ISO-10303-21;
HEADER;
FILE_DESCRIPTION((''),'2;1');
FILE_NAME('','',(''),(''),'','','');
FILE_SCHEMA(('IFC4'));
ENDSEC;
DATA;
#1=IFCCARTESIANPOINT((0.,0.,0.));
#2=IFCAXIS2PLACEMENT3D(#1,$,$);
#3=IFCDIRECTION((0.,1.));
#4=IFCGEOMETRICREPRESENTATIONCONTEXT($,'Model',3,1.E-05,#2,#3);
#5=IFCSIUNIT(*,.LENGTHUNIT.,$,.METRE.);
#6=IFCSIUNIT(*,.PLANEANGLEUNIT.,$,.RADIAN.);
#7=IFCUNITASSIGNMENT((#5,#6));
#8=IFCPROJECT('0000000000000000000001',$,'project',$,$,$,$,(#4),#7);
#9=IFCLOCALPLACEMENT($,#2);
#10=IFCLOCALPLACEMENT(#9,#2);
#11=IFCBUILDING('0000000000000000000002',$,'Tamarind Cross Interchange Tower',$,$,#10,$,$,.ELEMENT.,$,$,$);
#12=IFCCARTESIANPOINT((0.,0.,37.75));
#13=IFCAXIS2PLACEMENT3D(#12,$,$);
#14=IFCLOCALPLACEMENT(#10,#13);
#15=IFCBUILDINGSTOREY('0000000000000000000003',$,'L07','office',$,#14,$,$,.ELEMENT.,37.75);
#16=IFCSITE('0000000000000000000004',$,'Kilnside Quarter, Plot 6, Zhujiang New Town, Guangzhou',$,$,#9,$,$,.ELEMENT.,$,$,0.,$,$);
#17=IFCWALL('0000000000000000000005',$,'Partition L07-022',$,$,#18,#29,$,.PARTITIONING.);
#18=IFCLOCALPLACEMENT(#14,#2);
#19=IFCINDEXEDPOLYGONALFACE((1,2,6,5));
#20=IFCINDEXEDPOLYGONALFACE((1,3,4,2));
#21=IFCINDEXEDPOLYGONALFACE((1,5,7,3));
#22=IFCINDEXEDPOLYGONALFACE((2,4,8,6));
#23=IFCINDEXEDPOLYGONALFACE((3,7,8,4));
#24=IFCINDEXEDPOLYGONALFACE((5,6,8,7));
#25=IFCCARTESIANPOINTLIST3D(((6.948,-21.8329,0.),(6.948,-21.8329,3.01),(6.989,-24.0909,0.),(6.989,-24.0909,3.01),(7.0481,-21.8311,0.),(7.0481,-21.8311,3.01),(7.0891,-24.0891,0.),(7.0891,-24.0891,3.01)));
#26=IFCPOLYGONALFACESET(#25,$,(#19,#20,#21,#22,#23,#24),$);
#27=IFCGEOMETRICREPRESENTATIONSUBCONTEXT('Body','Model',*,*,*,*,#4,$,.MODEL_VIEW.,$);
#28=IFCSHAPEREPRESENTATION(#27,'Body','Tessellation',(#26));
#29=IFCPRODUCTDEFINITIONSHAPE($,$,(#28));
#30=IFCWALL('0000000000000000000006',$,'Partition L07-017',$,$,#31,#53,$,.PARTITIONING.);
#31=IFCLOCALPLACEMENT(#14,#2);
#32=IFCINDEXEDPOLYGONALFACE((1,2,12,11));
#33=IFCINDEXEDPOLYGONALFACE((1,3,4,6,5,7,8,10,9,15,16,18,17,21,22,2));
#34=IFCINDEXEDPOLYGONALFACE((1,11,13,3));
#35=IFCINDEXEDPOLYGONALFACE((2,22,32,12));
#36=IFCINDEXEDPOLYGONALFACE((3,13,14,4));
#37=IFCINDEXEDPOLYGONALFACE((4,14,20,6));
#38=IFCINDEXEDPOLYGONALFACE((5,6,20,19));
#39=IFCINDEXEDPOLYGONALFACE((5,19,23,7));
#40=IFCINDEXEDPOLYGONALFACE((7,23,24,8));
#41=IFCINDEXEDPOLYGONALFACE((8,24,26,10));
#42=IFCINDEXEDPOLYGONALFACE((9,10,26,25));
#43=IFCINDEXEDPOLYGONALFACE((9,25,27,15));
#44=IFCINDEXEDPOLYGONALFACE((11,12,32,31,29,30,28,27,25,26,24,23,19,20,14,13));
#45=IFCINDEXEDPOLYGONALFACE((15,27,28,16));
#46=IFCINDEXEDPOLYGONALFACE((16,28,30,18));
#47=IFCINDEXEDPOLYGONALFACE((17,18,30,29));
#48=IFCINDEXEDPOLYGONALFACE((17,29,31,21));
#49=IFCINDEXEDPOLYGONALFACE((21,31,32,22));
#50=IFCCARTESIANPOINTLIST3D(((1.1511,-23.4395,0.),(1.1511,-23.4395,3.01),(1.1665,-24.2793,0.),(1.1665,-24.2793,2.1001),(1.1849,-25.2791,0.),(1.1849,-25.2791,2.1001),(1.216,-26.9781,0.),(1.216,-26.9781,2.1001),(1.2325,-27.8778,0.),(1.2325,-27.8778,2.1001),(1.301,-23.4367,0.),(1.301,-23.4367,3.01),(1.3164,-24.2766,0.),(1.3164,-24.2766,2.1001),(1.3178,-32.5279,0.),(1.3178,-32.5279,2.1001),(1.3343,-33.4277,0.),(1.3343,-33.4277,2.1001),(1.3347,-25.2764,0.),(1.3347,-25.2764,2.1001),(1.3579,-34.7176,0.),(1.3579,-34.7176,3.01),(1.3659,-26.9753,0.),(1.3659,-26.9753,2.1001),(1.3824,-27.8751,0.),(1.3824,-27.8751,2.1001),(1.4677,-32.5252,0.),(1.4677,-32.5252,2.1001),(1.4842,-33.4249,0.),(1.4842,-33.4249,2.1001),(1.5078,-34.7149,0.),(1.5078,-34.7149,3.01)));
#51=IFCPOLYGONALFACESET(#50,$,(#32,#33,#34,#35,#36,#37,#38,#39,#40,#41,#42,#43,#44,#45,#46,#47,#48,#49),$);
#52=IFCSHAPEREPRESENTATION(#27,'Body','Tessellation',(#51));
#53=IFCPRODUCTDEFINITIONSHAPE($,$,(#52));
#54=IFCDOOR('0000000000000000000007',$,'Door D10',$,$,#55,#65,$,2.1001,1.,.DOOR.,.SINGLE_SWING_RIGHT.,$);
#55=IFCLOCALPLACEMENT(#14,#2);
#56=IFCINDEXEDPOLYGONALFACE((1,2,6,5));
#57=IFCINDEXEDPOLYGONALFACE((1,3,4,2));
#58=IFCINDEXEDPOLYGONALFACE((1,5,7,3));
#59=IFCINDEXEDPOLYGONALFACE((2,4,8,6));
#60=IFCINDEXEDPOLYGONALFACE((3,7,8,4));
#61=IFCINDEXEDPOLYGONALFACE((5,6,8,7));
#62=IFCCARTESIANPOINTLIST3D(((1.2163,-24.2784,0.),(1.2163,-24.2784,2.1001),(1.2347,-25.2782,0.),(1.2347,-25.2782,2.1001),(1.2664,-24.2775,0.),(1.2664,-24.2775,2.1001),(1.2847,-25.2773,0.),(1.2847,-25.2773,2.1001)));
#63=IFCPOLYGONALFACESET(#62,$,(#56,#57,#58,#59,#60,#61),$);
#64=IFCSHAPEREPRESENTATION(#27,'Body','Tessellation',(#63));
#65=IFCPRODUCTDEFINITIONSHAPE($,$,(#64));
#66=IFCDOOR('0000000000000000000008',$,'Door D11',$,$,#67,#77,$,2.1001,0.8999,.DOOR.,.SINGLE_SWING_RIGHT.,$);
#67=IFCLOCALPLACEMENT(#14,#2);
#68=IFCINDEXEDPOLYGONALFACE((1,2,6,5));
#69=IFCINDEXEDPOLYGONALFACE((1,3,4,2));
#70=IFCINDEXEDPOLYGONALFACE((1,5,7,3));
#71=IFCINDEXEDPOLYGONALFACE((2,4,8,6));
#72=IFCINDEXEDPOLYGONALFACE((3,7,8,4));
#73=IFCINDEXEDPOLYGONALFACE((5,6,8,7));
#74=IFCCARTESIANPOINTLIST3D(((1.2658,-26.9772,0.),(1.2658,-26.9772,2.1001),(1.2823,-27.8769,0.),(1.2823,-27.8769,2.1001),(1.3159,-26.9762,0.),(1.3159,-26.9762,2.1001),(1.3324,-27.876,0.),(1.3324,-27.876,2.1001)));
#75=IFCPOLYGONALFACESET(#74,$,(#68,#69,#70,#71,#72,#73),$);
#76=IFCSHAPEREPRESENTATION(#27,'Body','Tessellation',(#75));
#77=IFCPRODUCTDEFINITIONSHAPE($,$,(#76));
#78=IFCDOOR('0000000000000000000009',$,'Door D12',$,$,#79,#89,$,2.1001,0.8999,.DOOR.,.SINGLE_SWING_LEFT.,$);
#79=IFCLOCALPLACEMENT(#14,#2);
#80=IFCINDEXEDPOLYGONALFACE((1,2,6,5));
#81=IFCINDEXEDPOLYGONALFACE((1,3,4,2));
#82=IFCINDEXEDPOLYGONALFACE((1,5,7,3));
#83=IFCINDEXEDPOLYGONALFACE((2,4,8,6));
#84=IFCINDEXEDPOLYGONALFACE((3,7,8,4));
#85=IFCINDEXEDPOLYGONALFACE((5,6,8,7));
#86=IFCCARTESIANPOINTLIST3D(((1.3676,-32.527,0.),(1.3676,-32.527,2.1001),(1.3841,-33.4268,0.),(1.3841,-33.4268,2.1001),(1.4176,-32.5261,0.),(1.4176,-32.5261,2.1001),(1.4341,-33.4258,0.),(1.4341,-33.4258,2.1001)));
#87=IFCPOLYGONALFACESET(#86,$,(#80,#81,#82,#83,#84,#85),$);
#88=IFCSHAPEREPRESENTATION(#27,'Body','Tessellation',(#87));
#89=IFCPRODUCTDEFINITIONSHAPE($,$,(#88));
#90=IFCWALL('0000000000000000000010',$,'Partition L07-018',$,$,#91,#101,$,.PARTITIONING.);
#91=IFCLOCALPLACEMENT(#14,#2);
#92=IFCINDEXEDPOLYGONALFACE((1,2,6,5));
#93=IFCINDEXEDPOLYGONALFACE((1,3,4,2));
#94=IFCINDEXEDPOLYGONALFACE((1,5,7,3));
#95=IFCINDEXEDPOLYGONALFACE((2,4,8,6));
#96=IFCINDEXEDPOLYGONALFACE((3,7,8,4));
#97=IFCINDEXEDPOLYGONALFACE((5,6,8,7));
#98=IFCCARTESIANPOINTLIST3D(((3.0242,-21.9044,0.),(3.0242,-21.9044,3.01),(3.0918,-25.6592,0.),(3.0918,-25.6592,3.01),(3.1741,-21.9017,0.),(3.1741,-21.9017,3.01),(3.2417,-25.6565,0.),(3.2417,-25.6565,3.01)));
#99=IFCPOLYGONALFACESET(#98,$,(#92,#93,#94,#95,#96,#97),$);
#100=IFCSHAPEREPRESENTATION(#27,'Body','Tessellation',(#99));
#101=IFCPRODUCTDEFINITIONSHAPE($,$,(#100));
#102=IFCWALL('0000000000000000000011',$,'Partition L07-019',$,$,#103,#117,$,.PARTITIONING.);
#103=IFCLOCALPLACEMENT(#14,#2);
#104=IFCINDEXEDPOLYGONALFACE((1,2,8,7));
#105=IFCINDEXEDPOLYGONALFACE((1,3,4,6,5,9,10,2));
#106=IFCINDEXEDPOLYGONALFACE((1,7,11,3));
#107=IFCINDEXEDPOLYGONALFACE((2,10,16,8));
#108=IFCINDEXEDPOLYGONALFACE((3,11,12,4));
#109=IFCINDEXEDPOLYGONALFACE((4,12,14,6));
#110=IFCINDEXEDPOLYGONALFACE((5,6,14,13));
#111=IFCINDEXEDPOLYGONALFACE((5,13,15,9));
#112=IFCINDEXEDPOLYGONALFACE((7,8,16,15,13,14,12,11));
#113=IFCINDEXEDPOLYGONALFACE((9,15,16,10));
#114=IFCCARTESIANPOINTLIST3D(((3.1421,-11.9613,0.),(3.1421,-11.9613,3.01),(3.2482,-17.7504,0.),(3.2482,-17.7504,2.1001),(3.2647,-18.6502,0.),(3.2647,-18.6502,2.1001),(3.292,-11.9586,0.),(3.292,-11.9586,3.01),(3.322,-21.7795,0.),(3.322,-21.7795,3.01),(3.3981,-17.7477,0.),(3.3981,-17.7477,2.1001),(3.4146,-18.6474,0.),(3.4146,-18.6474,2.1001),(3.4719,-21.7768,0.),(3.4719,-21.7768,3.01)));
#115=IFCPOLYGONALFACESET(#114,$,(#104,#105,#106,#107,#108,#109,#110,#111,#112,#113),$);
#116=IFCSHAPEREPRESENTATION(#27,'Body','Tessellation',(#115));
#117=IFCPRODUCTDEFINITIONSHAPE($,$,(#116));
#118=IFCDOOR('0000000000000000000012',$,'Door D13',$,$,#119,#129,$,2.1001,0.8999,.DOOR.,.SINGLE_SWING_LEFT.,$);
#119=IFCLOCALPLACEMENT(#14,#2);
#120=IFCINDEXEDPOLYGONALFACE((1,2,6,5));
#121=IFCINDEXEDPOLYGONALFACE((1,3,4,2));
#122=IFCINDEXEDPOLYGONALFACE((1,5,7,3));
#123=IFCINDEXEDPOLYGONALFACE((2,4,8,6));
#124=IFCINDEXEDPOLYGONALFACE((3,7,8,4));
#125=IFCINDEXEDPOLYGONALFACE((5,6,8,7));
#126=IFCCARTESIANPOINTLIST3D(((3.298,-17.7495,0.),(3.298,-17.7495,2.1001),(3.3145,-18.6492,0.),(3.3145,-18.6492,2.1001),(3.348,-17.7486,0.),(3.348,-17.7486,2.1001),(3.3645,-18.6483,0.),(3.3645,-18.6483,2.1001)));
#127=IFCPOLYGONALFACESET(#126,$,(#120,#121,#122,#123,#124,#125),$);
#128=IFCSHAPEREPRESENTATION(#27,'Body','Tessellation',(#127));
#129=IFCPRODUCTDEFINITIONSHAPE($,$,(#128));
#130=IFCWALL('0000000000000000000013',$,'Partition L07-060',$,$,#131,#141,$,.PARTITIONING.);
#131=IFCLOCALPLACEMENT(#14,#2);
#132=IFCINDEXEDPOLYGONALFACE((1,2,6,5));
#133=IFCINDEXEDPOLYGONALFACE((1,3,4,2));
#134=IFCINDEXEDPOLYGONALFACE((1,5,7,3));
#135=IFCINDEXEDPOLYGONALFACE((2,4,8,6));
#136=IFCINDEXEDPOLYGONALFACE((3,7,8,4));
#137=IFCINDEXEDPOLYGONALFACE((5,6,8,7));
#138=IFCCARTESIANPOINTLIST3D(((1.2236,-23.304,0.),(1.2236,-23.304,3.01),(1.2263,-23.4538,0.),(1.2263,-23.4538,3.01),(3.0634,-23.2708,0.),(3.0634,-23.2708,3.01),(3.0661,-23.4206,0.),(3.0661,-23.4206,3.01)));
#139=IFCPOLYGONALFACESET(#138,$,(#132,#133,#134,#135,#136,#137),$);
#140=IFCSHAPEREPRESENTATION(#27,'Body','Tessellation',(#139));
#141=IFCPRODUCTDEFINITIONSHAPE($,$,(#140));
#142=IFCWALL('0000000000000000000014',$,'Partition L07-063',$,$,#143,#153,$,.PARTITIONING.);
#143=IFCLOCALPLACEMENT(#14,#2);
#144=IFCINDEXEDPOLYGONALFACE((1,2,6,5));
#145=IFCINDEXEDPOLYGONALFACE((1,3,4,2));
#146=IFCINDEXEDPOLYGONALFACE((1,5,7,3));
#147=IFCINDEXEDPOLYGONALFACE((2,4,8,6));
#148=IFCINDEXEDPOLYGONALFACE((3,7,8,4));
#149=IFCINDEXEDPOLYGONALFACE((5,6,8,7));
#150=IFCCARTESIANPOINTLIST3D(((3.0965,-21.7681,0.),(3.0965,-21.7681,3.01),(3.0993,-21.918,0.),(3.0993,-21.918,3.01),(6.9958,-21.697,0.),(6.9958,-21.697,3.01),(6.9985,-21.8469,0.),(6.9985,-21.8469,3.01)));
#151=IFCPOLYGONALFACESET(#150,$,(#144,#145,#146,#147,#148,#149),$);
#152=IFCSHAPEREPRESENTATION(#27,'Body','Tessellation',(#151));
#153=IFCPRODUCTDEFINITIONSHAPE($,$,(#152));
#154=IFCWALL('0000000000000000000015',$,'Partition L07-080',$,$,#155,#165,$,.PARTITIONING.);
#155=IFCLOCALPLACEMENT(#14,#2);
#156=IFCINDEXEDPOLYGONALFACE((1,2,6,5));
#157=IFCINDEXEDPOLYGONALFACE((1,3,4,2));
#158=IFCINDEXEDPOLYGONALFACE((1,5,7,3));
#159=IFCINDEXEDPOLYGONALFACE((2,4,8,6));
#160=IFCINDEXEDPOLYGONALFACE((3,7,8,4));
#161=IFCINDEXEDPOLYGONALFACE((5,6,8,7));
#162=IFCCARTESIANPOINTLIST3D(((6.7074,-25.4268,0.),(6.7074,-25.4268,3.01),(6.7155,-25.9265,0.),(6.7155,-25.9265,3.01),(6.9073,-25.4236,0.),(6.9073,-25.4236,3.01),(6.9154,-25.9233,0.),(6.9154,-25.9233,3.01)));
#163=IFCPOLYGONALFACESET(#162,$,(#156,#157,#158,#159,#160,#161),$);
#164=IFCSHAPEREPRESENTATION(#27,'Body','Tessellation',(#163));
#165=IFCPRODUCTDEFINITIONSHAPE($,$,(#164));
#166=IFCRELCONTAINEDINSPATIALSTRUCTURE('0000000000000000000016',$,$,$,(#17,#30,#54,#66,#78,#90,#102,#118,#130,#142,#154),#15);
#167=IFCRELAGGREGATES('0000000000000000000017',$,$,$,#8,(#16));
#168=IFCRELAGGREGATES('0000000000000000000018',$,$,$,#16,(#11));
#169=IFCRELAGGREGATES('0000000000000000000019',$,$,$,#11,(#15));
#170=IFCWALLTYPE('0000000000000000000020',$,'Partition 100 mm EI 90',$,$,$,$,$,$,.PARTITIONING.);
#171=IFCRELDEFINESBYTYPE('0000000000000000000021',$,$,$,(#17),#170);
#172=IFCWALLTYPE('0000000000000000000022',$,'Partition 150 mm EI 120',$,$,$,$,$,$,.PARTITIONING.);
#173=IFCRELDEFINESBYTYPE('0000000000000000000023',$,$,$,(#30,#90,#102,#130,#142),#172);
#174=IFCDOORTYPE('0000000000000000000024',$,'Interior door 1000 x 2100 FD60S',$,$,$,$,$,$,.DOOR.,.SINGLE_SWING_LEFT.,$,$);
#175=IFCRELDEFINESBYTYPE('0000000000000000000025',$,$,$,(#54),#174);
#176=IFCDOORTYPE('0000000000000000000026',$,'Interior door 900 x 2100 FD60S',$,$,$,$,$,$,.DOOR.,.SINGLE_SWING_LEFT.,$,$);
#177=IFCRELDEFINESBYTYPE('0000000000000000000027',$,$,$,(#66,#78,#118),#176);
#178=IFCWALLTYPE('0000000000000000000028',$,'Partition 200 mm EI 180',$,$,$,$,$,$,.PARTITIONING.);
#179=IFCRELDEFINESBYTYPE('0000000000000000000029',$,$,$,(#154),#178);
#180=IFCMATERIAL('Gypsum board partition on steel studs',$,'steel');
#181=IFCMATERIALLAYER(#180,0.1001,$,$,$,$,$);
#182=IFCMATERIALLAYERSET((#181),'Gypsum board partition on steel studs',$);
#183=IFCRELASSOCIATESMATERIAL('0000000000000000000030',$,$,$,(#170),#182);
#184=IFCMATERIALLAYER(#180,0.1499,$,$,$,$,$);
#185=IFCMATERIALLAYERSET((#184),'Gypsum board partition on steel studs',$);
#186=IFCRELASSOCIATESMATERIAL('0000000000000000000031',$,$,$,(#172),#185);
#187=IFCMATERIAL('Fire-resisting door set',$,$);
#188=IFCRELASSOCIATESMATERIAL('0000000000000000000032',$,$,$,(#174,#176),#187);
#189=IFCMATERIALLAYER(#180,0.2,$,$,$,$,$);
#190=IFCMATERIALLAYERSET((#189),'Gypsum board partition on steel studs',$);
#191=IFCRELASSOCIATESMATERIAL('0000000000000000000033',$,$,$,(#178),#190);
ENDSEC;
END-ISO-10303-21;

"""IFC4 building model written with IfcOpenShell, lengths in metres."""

from ifc_helpers import new_model, si_unit, direction, frame, frame_2d, origin, place, context, subcontext, project, spatial, rectangle, extrude, material, layer, layer_set, type_object, element, fill, save


model = new_model("IFC4")

# Units and contexts
model_context = context("Model", 3, precision=1e-05, world=origin(), true_north=direction((0.0, 1.0)))
body_context = subcontext(model_context, "Body", "Model", "MODEL_VIEW")
ifc_project = project(units=[si_unit("LENGTHUNIT", "METRE"), si_unit("PLANEANGLEUNIT", "RADIAN")], contexts=[model_context])

# Site, building, storey
site_placement = place(None, origin())
site = spatial("IfcSite", under=ifc_project, at=site_placement, Name="Kilnside Quarter, Plot 6, Zhujiang New Town, Guangzhou", CompositionType="ELEMENT", RefElevation=0.0)
building_placement = place(site_placement, origin())
building = spatial("IfcBuilding", under=site, at=building_placement, Name="Tamarind Cross Interchange Tower", CompositionType="ELEMENT")
storey_placement = place(building_placement, frame((0.0, 0.0, 37.75)))
storey = spatial("IfcBuildingStorey", under=building, at=storey_placement, Name="L07", Description="office", CompositionType="ELEMENT", Elevation=37.75)

# Wall
ifc_material_1 = material(Name="Gypsum board partition on steel studs", Category="steel")
ifc_layer_1 = layer(ifc_material_1, 0.1001)
ifc_layer_set_1 = layer_set([ifc_layer_1], Name="Gypsum board partition on steel studs")
wall_type_1 = type_object("IfcWallType", Name="Partition 100 mm EI 90", PredefinedType="PARTITIONING", material=ifc_layer_set_1)
wall_1_placement = place(storey_placement, frame((6.998, -21.832, 0.0), z_axis=(0.0, 0.0, 1.0), x_axis=(0.018163, -0.999835, 0.0)))
element("IfcWall", 1, at=wall_1_placement, inside=storey, type_object=wall_type_1, Name="Partition L07-022", PredefinedType="PARTITIONING", context=body_context, shape_type="SweptSolid", body=[
    extrude(rectangle(XDim=2.2583, YDim=0.1001, at=frame_2d((1.1292, 0.0))), origin(), (0.0, 0.0, 1.0), 3.01),
])

# Wall, openings, doors
ifc_layer_2 = layer(ifc_material_1, 0.1499)
ifc_layer_set_2 = layer_set([ifc_layer_2], Name="Gypsum board partition on steel studs")
wall_type_2 = type_object("IfcWallType", Name="Partition 150 mm EI 120", PredefinedType="PARTITIONING", material=ifc_layer_set_2)
wall_2_placement = place(storey_placement, frame((1.2261, -23.438, 0.0), z_axis=(0.0, 0.0, 1.0), x_axis=(0.018332, -0.999832, 0.0)))
wall_2 = element("IfcWall", 2, at=wall_2_placement, inside=storey, type_object=wall_type_2, Name="Partition L07-017", PredefinedType="PARTITIONING", context=body_context, shape_type="SweptSolid", body=[
    extrude(rectangle(XDim=11.28, YDim=0.1499, at=frame_2d((5.6401, 0.0))), origin(), (0.0, 0.0, 1.0), 3.01),
])
opening_1_placement = place(wall_2_placement, frame((0.8401, 0.0, 0.0)))
opening_1 = element("IfcOpeningElement", 3, at=opening_1_placement, cuts=wall_2, PredefinedType="OPENING", context=body_context, shape_type="SweptSolid", body=[
    extrude(rectangle(XDim=1.0, YDim=2.1001, at=frame_2d((0.5, 1.05))), frame((0.0, 0.085, 0.0), z_axis=(0.0, -1.0, 0.0), x_axis=(1.0, 0.0, 0.0)), (0.0, 0.0, 1.0), 0.1699),
])
opening_2_placement = place(wall_2_placement, frame((3.5393, 0.0, 0.0)))
opening_2 = element("IfcOpeningElement", 4, at=opening_2_placement, cuts=wall_2, PredefinedType="OPENING", context=body_context, shape_type="SweptSolid", body=[
    extrude(rectangle(XDim=0.8999, YDim=2.1001, at=frame_2d((0.45, 1.05))), frame((0.0, 0.085, 0.0), z_axis=(0.0, -1.0, 0.0), x_axis=(1.0, 0.0, 0.0)), (0.0, 0.0, 1.0), 0.1699),
])
opening_3_placement = place(wall_2_placement, frame((9.0901, 0.0, 0.0)))
opening_3 = element("IfcOpeningElement", 5, at=opening_3_placement, cuts=wall_2, PredefinedType="OPENING", context=body_context, shape_type="SweptSolid", body=[
    extrude(rectangle(XDim=0.8999, YDim=2.1001, at=frame_2d((0.45, 1.05))), frame((0.0, 0.085, 0.0), z_axis=(0.0, -1.0, 0.0), x_axis=(1.0, 0.0, 0.0)), (0.0, 0.0, 1.0), 0.1699),
])
ifc_material_2 = material(Name="Fire-resisting door set")
door_type_1 = type_object("IfcDoorType", Name="Interior door 1000 x 2100 FD60S", OperationType="SINGLE_SWING_LEFT", PredefinedType="DOOR", material=ifc_material_2)
door_1_placement = place(opening_1_placement, origin())
door_1 = element("IfcDoor", 6, at=door_1_placement, inside=storey, type_object=door_type_1, Name="Door D10", OperationType="SINGLE_SWING_RIGHT", OverallHeight=2.1001, OverallWidth=1.0, PredefinedType="DOOR", context=body_context, shape_type="SweptSolid", body=[
    extrude(rectangle(XDim=1.0, YDim=2.1001, at=frame_2d((0.5, 1.05))), frame((0.0, 0.0249, 0.0), z_axis=(0.0, -1.0, 0.0), x_axis=(1.0, 0.0, 0.0)), (0.0, 0.0, 1.0), 0.05),
])
fill(opening_1, door_1)
door_type_2 = type_object("IfcDoorType", Name="Interior door 900 x 2100 FD60S", OperationType="SINGLE_SWING_LEFT", PredefinedType="DOOR", material=ifc_material_2)
door_2_placement = place(opening_2_placement, origin())
door_2 = element("IfcDoor", 7, at=door_2_placement, inside=storey, type_object=door_type_2, Name="Door D11", OperationType="SINGLE_SWING_RIGHT", OverallHeight=2.1001, OverallWidth=0.8999, PredefinedType="DOOR", context=body_context, shape_type="SweptSolid", body=[
    extrude(rectangle(XDim=0.8999, YDim=2.1001, at=frame_2d((0.45, 1.05))), frame((0.0, 0.0249, 0.0), z_axis=(0.0, -1.0, 0.0), x_axis=(1.0, 0.0, 0.0)), (0.0, 0.0, 1.0), 0.05),
])
fill(opening_2, door_2)
door_3_placement = place(opening_3_placement, origin())
door_3 = element("IfcDoor", 8, at=door_3_placement, inside=storey, type_object=door_type_2, Name="Door D12", OperationType="SINGLE_SWING_LEFT", OverallHeight=2.1001, OverallWidth=0.8999, PredefinedType="DOOR", context=body_context, shape_type="SweptSolid", body=[
    extrude(rectangle(XDim=0.8999, YDim=2.1001, at=frame_2d((0.45, 1.05))), frame((0.0, 0.0249, 0.0), z_axis=(0.0, -1.0, 0.0), x_axis=(1.0, 0.0, 0.0)), (0.0, 0.0, 1.0), 0.05),
])
fill(opening_3, door_3)

# Wall
wall_3_placement = place(storey_placement, frame((3.0991, -21.9031, 0.0), z_axis=(0.0, 0.0, 1.0), x_axis=(0.018007, -0.999838, 0.0)))
element("IfcWall", 9, at=wall_3_placement, inside=storey, type_object=wall_type_2, Name="Partition L07-018", PredefinedType="PARTITIONING", context=body_context, shape_type="SweptSolid", body=[
    extrude(rectangle(XDim=3.7554, YDim=0.1499, at=frame_2d((1.8777, 0.0))), origin(), (0.0, 0.0, 1.0), 3.01),
])

# Wall, opening, door
wall_4_placement = place(storey_placement, frame((3.217, -11.96, 0.0), z_axis=(0.0, 0.0, 1.0), x_axis=(0.018323, -0.999832, 0.0)))
wall_4 = element("IfcWall", 10, at=wall_4_placement, inside=storey, type_object=wall_type_2, Name="Partition L07-019", PredefinedType="PARTITIONING", context=body_context, shape_type="SweptSolid", body=[
    extrude(rectangle(XDim=9.8198, YDim=0.1499, at=frame_2d((4.9099, 0.0))), origin(), (0.0, 0.0, 1.0), 3.01),
])
opening_4_placement = place(wall_4_placement, frame((5.79, 0.0, 0.0)))
opening_4 = element("IfcOpeningElement", 11, at=opening_4_placement, cuts=wall_4, PredefinedType="OPENING", context=body_context, shape_type="SweptSolid", body=[
    extrude(rectangle(XDim=0.8999, YDim=2.1001, at=frame_2d((0.45, 1.05))), frame((0.0, 0.085, 0.0), z_axis=(0.0, -1.0, 0.0), x_axis=(1.0, 0.0, 0.0)), (0.0, 0.0, 1.0), 0.1699),
])
door_4_placement = place(opening_4_placement, origin())
door_4 = element("IfcDoor", 12, at=door_4_placement, inside=storey, type_object=door_type_2, Name="Door D13", OperationType="SINGLE_SWING_LEFT", OverallHeight=2.1001, OverallWidth=0.8999, PredefinedType="DOOR", context=body_context, shape_type="SweptSolid", body=[
    extrude(rectangle(XDim=0.8999, YDim=2.1001, at=frame_2d((0.45, 1.05))), frame((0.0, 0.0249, 0.0), z_axis=(0.0, -1.0, 0.0), x_axis=(1.0, 0.0, 0.0)), (0.0, 0.0, 1.0), 0.05),
])
fill(opening_4, door_4)

# Walls
wall_5_placement = place(storey_placement, frame((1.2251, -23.3789, 0.0), z_axis=(0.0, 0.0, 1.0), x_axis=(0.999837, 0.018044, 0.0)))
element("IfcWall", 13, at=wall_5_placement, inside=storey, type_object=wall_type_2, Name="Partition L07-060", PredefinedType="PARTITIONING", context=body_context, shape_type="SweptSolid", body=[
    extrude(rectangle(XDim=1.8401, YDim=0.1499, at=frame_2d((0.9199, 0.0))), origin(), (0.0, 0.0, 1.0), 3.01),
])
wall_6_placement = place(storey_placement, frame((3.0979, -21.843, 0.0), z_axis=(0.0, 0.0, 1.0), x_axis=(0.999834, 0.018218, 0.0)))
element("IfcWall", 14, at=wall_6_placement, inside=storey, type_object=wall_type_2, Name="Partition L07-063", PredefinedType="PARTITIONING", context=body_context, shape_type="SweptSolid", body=[
    extrude(rectangle(XDim=3.8999, YDim=0.1499, at=frame_2d((1.95, 0.0))), origin(), (0.0, 0.0, 1.0), 3.01),
])
ifc_layer_3 = layer(ifc_material_1, 0.2)
ifc_layer_set_3 = layer_set([ifc_layer_3], Name="Gypsum board partition on steel studs")
wall_type_3 = type_object("IfcWallType", Name="Partition 200 mm EI 180", PredefinedType="PARTITIONING", material=ifc_layer_set_3)
wall_7_placement = place(storey_placement, frame((6.8154, -25.925, 0.0), z_axis=(0.0, 0.0, 1.0), x_axis=(-0.016119, 0.99987, 0.0)))
element("IfcWall", 15, at=wall_7_placement, inside=storey, type_object=wall_type_3, Name="Partition L07-080", PredefinedType="PARTITIONING", context=body_context, shape_type="SweptSolid", body=[
    extrude(rectangle(XDim=0.4998, YDim=0.2, at=frame_2d((0.25, 0.0))), origin(), (0.0, 0.0, 1.0), 3.01),
])

save(model, "model.ifc")
